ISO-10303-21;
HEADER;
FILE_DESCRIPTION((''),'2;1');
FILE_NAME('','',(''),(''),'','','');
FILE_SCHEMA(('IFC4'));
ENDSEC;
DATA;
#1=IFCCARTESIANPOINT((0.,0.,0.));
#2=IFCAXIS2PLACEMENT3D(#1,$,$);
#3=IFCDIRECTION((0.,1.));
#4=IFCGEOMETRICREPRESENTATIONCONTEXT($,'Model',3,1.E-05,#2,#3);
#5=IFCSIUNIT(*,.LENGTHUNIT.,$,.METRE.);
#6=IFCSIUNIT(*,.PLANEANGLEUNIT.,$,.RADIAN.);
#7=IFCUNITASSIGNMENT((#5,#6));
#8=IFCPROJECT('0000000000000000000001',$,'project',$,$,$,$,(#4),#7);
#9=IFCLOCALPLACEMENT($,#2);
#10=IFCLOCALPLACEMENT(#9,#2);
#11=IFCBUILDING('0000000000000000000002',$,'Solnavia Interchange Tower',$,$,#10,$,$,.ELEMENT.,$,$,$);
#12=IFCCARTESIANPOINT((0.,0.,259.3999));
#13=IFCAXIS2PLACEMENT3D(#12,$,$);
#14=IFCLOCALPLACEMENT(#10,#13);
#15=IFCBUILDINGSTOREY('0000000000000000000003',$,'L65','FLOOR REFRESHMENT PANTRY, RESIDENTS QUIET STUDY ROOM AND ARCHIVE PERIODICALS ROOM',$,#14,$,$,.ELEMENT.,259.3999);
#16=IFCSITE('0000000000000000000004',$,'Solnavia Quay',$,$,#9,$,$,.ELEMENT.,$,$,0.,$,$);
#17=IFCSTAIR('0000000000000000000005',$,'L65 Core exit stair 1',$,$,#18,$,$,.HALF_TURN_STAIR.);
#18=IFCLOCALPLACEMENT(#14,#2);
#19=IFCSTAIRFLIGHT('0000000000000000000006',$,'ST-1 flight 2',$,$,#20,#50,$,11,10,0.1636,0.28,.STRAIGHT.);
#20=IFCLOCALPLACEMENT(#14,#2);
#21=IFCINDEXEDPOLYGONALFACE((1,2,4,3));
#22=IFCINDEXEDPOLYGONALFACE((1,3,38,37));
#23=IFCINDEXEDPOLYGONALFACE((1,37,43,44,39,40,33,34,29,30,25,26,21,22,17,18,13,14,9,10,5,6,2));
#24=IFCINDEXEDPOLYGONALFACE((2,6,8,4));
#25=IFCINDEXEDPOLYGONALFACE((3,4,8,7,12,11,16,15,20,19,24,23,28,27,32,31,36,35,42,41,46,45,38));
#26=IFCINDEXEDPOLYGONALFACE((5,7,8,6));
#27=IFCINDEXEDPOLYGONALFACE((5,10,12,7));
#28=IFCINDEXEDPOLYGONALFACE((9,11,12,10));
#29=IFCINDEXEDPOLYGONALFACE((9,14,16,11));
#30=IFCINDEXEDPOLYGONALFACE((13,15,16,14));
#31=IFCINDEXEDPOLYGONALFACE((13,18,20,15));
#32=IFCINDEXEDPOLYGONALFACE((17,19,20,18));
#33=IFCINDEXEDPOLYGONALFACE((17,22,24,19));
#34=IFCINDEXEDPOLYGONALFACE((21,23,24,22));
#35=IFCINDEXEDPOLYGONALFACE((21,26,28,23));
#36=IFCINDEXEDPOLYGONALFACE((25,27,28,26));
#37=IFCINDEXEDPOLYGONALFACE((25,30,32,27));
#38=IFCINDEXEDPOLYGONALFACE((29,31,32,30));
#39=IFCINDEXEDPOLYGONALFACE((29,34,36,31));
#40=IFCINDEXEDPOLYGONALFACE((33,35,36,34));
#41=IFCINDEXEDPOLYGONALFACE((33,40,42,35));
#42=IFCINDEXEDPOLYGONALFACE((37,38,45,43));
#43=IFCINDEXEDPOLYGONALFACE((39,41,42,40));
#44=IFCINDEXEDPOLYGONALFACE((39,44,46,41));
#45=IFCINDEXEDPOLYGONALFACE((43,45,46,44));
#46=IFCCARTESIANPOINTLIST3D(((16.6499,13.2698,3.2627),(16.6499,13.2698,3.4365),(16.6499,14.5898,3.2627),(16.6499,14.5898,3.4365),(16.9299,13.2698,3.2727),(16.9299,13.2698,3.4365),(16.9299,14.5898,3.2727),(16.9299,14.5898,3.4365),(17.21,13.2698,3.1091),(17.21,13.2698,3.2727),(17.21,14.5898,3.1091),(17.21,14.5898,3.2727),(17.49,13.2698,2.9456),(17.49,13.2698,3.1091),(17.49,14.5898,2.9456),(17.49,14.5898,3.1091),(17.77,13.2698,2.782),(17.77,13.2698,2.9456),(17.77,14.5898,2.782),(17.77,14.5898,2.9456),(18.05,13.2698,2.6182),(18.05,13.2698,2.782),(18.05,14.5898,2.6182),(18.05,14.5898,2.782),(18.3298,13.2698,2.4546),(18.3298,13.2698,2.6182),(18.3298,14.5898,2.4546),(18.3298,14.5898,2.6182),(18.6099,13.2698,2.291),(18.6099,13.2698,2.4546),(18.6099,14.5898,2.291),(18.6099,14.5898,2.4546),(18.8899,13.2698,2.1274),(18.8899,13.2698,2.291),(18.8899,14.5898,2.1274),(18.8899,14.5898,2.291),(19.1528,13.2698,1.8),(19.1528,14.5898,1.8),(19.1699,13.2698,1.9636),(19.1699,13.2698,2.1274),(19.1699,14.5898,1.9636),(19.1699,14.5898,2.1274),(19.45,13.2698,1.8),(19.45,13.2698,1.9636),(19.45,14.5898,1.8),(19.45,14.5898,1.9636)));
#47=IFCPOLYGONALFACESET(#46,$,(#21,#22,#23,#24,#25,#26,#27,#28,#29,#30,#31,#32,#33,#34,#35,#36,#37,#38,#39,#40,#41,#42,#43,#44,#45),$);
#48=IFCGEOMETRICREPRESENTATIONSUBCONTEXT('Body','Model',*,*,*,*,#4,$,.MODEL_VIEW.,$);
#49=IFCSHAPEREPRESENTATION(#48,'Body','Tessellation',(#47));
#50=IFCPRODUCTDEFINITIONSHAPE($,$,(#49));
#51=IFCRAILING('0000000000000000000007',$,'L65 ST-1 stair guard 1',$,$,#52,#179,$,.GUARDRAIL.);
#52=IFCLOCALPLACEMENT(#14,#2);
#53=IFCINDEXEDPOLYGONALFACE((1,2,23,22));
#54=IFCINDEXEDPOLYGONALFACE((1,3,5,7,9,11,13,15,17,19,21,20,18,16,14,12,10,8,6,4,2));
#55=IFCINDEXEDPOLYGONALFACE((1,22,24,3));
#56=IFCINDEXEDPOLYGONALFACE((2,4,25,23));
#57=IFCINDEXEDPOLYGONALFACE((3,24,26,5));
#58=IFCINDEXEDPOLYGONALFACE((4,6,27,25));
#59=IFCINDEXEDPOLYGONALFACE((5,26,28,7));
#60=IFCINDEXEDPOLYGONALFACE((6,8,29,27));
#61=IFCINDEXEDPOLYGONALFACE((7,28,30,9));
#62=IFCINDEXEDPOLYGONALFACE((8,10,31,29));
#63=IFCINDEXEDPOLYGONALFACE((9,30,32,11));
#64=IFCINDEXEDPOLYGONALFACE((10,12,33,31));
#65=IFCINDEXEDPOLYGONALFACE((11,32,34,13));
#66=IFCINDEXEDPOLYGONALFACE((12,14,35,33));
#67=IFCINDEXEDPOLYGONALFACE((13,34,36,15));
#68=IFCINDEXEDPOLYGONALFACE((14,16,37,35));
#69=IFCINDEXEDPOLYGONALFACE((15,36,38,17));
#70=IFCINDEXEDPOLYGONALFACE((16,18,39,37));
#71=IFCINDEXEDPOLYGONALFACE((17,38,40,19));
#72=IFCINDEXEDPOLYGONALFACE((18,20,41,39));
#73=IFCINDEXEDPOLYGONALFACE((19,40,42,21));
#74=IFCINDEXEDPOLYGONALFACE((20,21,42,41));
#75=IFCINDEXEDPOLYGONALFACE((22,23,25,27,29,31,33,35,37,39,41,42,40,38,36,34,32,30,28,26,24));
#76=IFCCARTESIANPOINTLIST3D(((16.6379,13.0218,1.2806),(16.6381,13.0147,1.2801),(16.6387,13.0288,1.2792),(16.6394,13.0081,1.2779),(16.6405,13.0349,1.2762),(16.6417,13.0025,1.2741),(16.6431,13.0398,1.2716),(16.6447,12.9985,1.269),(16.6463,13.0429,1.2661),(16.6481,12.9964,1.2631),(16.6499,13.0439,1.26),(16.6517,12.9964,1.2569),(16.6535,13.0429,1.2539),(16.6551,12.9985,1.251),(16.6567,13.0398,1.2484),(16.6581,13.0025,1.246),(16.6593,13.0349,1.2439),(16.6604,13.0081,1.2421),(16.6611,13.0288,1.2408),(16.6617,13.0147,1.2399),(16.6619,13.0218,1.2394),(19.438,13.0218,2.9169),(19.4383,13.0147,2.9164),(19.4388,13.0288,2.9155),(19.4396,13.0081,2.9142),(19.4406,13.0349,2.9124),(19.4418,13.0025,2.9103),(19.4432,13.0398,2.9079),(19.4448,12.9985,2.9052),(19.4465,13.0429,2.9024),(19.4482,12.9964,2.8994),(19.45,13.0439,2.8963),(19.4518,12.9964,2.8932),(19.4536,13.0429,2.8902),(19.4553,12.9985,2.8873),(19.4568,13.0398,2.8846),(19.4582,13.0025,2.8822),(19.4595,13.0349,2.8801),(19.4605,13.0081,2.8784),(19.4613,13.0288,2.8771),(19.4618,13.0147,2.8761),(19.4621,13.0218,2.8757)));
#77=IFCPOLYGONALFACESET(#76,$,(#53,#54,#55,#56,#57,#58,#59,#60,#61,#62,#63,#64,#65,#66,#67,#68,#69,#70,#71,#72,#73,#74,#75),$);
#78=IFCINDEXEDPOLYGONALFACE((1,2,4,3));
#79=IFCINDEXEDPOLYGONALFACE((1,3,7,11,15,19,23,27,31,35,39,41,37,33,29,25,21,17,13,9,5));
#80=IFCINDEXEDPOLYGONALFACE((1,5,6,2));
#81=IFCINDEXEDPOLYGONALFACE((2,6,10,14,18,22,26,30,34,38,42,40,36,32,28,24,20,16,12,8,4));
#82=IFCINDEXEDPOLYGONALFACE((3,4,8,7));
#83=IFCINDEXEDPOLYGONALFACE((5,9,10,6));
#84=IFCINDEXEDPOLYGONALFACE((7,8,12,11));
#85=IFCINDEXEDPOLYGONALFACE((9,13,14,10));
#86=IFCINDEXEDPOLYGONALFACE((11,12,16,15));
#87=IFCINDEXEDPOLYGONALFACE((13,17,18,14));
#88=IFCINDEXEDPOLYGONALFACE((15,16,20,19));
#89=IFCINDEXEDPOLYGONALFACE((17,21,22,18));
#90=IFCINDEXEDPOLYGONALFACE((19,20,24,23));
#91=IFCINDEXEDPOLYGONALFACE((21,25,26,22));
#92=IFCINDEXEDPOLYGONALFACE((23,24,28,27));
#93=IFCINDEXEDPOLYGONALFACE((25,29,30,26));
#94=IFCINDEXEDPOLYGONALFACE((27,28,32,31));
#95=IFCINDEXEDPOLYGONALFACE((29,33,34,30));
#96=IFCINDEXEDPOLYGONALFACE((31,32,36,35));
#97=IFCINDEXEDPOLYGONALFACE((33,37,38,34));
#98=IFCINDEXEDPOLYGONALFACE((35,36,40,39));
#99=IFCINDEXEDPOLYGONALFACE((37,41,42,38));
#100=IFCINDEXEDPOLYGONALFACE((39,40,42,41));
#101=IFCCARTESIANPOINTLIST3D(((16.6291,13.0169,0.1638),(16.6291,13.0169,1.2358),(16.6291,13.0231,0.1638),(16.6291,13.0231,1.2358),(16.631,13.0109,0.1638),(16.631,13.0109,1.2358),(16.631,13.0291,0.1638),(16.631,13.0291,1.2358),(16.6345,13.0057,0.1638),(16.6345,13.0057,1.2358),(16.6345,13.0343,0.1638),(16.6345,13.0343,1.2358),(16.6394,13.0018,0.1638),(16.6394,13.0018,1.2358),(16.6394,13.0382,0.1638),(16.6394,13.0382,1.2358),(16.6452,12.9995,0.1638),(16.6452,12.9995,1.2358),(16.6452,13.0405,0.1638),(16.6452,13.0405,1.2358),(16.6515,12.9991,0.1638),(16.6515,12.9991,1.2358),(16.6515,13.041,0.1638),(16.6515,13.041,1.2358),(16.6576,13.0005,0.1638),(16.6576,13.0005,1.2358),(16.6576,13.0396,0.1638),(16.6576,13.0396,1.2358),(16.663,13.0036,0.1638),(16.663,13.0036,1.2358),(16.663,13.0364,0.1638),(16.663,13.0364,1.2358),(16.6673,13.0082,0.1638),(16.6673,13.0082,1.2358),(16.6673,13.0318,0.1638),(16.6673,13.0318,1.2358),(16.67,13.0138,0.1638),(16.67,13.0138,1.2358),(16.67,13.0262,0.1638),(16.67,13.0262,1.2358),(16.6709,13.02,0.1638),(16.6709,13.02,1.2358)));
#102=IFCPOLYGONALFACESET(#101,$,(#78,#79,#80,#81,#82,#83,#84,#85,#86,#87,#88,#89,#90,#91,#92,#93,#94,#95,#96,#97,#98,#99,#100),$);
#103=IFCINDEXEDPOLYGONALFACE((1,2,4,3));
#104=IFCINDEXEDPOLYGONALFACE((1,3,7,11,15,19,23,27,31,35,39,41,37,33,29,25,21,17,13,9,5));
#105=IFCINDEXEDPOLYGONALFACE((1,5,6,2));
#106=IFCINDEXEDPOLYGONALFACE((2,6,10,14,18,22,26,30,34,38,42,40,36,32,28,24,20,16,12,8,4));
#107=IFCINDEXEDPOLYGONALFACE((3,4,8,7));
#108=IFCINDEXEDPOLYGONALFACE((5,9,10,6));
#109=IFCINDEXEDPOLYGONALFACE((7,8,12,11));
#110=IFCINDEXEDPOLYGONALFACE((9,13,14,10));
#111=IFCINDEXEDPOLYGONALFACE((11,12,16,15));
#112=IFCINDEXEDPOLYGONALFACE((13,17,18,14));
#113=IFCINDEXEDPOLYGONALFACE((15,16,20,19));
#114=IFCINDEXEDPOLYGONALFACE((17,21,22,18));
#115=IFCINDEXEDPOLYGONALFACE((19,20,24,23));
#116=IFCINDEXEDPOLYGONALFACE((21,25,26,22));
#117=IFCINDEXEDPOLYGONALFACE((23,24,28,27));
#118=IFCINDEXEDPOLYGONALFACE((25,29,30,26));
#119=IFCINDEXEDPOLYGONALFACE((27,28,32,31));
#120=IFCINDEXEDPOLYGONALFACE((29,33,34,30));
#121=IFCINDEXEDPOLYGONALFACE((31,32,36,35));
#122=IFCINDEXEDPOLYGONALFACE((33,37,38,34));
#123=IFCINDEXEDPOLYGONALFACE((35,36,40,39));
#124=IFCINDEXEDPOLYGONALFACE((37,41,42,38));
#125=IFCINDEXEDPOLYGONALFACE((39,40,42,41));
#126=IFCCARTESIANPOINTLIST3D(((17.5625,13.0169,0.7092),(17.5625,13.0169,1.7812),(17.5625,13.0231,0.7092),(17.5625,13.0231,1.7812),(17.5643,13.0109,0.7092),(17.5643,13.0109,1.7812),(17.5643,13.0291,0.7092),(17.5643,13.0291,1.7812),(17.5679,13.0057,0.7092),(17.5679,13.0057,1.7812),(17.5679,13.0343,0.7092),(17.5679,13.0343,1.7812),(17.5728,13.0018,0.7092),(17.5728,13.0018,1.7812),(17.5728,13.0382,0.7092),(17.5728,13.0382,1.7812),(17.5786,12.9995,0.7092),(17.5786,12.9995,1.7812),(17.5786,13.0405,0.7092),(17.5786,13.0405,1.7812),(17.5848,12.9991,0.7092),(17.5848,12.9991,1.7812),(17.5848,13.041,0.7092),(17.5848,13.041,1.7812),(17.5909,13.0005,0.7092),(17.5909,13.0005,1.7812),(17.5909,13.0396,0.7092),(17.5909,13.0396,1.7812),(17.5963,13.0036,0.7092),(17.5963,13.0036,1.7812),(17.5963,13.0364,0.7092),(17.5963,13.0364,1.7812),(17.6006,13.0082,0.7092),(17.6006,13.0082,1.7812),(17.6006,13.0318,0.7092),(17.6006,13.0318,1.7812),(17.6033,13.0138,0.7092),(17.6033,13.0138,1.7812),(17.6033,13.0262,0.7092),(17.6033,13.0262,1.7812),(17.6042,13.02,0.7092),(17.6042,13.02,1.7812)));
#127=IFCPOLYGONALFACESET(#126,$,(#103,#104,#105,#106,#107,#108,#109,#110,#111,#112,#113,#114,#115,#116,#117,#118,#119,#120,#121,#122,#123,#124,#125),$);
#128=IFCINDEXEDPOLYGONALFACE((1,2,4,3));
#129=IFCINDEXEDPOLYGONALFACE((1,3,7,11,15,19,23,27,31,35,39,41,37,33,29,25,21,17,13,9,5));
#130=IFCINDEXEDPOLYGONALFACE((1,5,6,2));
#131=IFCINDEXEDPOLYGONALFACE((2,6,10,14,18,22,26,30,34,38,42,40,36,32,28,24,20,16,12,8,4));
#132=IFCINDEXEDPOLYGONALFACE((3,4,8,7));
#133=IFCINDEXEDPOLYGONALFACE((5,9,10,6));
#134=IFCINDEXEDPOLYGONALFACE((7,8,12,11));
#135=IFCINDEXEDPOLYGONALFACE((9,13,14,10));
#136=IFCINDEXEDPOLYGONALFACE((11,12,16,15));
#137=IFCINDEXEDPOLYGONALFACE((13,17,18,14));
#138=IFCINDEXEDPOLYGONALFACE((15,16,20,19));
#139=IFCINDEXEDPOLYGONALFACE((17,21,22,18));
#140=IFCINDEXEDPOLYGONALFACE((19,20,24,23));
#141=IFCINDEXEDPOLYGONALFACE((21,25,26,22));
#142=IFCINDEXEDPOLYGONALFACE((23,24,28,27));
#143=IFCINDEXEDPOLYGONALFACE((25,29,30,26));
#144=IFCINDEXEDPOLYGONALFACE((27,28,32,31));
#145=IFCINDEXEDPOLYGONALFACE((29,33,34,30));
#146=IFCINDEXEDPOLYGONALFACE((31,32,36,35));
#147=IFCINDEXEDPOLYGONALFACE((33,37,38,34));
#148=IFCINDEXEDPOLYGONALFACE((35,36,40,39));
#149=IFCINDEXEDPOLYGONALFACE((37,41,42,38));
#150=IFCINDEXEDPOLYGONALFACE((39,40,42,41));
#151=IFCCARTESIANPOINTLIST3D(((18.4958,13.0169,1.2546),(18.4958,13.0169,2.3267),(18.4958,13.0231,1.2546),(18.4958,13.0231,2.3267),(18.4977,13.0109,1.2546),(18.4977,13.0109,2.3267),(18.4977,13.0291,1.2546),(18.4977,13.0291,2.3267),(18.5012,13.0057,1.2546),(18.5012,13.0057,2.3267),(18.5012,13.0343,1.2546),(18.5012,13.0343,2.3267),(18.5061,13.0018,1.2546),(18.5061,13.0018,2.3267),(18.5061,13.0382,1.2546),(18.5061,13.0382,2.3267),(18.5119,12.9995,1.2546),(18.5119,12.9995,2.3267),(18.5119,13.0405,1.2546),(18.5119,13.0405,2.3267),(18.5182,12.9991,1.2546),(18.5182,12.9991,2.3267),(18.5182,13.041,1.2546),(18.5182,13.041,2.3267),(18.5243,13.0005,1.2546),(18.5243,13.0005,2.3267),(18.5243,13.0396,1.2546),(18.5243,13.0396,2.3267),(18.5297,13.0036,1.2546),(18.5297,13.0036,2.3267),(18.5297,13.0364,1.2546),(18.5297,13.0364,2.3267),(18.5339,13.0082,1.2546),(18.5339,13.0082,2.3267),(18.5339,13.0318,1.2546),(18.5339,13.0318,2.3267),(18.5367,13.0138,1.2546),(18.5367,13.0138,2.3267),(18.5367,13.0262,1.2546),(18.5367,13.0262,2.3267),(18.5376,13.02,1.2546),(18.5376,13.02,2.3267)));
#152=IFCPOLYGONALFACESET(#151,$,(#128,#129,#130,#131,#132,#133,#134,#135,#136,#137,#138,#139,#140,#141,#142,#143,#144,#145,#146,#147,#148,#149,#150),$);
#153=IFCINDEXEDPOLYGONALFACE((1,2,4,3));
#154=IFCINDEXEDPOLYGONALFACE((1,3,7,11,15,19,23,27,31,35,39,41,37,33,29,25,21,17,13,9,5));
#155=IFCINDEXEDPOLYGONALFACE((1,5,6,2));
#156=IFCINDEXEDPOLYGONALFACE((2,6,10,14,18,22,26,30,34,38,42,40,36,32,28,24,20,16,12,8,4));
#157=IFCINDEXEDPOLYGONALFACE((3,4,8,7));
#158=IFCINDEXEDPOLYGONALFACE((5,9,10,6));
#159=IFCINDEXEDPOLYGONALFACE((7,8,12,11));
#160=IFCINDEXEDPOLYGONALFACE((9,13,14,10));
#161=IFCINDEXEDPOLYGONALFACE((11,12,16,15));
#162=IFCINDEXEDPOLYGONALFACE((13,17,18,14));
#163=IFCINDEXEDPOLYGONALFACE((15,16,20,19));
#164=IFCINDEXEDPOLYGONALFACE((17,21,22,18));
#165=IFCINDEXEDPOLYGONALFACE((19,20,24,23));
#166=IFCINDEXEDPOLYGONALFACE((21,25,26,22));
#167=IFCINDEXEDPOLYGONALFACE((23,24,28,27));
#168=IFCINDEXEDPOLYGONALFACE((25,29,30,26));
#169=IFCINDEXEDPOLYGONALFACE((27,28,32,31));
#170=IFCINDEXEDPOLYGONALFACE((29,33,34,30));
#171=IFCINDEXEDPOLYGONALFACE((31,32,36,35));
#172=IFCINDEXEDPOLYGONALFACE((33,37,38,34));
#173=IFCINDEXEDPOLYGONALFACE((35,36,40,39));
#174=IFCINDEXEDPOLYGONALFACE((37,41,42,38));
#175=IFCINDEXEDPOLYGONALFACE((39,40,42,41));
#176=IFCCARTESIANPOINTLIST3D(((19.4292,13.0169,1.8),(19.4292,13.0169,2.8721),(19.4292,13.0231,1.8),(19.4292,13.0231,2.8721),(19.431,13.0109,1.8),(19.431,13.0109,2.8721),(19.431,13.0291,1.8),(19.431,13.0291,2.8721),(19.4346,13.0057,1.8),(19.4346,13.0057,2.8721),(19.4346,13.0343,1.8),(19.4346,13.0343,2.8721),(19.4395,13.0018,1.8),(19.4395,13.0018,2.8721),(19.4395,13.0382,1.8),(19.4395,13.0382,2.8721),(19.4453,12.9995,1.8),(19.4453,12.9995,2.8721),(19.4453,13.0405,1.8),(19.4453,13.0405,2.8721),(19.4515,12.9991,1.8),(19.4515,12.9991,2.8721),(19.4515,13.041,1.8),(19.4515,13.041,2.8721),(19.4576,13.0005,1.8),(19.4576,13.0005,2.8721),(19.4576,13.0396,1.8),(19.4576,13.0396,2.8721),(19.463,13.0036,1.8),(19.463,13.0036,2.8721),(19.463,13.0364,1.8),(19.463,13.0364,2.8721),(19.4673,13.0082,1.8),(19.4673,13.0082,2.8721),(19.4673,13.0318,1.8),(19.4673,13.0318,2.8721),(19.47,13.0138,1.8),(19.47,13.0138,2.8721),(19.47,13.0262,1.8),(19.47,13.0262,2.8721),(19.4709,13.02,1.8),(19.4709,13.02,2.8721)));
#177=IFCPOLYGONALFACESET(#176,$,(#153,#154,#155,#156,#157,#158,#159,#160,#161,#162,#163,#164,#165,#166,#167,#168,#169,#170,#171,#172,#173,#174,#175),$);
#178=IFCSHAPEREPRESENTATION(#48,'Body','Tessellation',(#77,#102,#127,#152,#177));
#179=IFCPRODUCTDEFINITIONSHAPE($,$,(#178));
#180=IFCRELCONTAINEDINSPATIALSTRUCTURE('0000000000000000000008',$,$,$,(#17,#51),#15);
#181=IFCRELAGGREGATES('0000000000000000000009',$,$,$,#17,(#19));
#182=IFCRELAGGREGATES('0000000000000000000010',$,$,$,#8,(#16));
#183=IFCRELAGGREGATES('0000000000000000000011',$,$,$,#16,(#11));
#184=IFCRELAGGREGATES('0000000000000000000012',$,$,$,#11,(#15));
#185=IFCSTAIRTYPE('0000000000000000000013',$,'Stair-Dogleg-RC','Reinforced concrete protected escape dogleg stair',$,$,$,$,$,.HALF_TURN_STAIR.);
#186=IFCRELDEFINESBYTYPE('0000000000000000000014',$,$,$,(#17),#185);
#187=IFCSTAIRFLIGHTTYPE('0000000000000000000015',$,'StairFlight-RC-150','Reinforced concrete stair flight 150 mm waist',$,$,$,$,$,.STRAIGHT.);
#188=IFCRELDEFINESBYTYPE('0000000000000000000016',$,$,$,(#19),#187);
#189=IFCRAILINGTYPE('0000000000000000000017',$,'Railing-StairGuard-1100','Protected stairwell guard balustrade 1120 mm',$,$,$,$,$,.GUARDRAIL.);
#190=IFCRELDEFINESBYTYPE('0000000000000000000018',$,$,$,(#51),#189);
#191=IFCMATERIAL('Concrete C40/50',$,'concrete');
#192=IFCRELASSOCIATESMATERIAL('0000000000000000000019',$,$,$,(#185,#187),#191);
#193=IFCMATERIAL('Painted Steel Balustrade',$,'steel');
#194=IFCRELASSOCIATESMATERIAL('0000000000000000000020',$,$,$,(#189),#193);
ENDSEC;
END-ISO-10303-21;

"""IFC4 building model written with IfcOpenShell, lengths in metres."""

from ifc_helpers import new_model, si_unit, direction, frame, origin, origin_2d, place, context, subcontext, project, spatial, polyline, circle, outline, extrude, material, type_object, element, aggregate, save


model = new_model("IFC4")

# Units and contexts
model_context = context("Model", 3, precision=1e-05, world=origin(), true_north=direction((0.0, 1.0)))
body_context = subcontext(model_context, "Body", "Model", "MODEL_VIEW")
ifc_project = project(units=[si_unit("LENGTHUNIT", "METRE"), si_unit("PLANEANGLEUNIT", "RADIAN")], contexts=[model_context])

# Site, building, storey
site_placement = place(None, origin())
site = spatial("IfcSite", under=ifc_project, at=site_placement, Name="Solnavia Quay", CompositionType="ELEMENT", RefElevation=0.0)
building_placement = place(site_placement, origin())
building = spatial("IfcBuilding", under=site, at=building_placement, Name="Solnavia Interchange Tower", CompositionType="ELEMENT")
storey_placement = place(building_placement, frame((0.0, 0.0, 259.3999)))
storey = spatial("IfcBuildingStorey", under=building, at=storey_placement, Name="L65", Description="FLOOR REFRESHMENT PANTRY, RESIDENTS QUIET STUDY ROOM AND ARCHIVE PERIODICALS ROOM", CompositionType="ELEMENT", Elevation=259.3999)

# Shared definitions
ifc_material_1 = material(Name="Concrete C40/50", Category="concrete")

# Stair, stair flight
stair_type = type_object("IfcStairType", Name="Stair-Dogleg-RC", Description="Reinforced concrete protected escape dogleg stair", PredefinedType="HALF_TURN_STAIR", material=ifc_material_1)
stair_placement = place(storey_placement, origin())
stair = element("IfcStair", 1, at=stair_placement, inside=storey, type_object=stair_type, Name="L65 Core exit stair 1", PredefinedType="HALF_TURN_STAIR")
stair_flight_type = type_object("IfcStairFlightType", Name="StairFlight-RC-150", Description="Reinforced concrete stair flight 150 mm waist", PredefinedType="STRAIGHT", material=ifc_material_1)
stair_flight_1_placement = place(storey_placement, frame((19.45, 13.9299, 1.8), z_axis=(0.0, 0.0, 1.0), x_axis=(-1.0, 0.0, 0.0)))
stair_flight_1 = element("IfcStairFlight", 2, at=stair_flight_1_placement, type_object=stair_flight_type, Name="ST-1 flight 2", NumberOfRisers=11, NumberOfTreads=10, PredefinedType="STRAIGHT", RiserHeight=0.1636, TreadLength=0.28, context=body_context, shape_type="SweptSolid", body=[
    extrude(outline(polyline([(0.0, 0.0), (0.0, 0.1636), (0.28, 0.1636), (0.28, 0.3274), (0.5601, 0.3274), (0.5601, 0.491), (0.8401, 0.491), (0.8401, 0.6545), (1.1201, 0.6545), (1.1201, 0.8181), (1.3999, 0.8181), (1.3999, 0.9819), (1.6799, 0.9819), (1.6799, 1.1455), (1.96, 1.1455), (1.96, 1.3091), (2.24, 1.3091), (2.24, 1.4727), (2.52, 1.4727), (2.52, 1.6365), (2.8, 1.6365), (2.8, 1.8), (2.8, 1.4626), (0.2971, 0.0), (0.0, 0.0)])), frame((0.0, 0.6602, 0.0), z_axis=(0.0, -1.0, 0.0), x_axis=(1.0, 0.0, 0.0)), (0.0, 0.0, 1.0), 1.3201),
])
aggregate(stair, [stair_flight_1])

# Railing
ifc_material_2 = material(Name="Painted Steel Balustrade", Category="steel")
railing_type_1 = type_object("IfcRailingType", Name="Railing-StairGuard-1100", Description="Protected stairwell guard balustrade 1120 mm", PredefinedType="GUARDRAIL", material=ifc_material_2)
railing_1_placement = place(storey_placement, frame((16.6499, 13.02, 0.1638)))
element("IfcRailing", 3, at=railing_1_placement, inside=storey, type_object=railing_type_1, Name="L65 ST-1 stair guard 1", PredefinedType="GUARDRAIL", context=body_context, shape_type="SweptSolid", body=[
    extrude(circle(Radius=0.0239, at=origin_2d()), frame((0.0, 0.0, 1.0962), z_axis=(0.863394, 0.0, 0.504531), x_axis=(0.0, 1.0, 0.0)), (0.0, 0.0, 1.0), 3.2432),
    extrude(circle(Radius=0.021, at=origin_2d()), origin(), (0.0, 0.0, 1.0), 1.072),
    extrude(circle(Radius=0.021, at=origin_2d()), frame((0.9333, 0.0, 0.5454)), (0.0, 0.0, 1.0), 1.072),
    extrude(circle(Radius=0.021, at=origin_2d()), frame((1.8667, 0.0, 1.0908)), (0.0, 0.0, 1.0), 1.072),
    extrude(circle(Radius=0.021, at=origin_2d()), frame((2.8, 0.0, 1.6362)), (0.0, 0.0, 1.0), 1.072),
])

save(model, "model.ifc")
